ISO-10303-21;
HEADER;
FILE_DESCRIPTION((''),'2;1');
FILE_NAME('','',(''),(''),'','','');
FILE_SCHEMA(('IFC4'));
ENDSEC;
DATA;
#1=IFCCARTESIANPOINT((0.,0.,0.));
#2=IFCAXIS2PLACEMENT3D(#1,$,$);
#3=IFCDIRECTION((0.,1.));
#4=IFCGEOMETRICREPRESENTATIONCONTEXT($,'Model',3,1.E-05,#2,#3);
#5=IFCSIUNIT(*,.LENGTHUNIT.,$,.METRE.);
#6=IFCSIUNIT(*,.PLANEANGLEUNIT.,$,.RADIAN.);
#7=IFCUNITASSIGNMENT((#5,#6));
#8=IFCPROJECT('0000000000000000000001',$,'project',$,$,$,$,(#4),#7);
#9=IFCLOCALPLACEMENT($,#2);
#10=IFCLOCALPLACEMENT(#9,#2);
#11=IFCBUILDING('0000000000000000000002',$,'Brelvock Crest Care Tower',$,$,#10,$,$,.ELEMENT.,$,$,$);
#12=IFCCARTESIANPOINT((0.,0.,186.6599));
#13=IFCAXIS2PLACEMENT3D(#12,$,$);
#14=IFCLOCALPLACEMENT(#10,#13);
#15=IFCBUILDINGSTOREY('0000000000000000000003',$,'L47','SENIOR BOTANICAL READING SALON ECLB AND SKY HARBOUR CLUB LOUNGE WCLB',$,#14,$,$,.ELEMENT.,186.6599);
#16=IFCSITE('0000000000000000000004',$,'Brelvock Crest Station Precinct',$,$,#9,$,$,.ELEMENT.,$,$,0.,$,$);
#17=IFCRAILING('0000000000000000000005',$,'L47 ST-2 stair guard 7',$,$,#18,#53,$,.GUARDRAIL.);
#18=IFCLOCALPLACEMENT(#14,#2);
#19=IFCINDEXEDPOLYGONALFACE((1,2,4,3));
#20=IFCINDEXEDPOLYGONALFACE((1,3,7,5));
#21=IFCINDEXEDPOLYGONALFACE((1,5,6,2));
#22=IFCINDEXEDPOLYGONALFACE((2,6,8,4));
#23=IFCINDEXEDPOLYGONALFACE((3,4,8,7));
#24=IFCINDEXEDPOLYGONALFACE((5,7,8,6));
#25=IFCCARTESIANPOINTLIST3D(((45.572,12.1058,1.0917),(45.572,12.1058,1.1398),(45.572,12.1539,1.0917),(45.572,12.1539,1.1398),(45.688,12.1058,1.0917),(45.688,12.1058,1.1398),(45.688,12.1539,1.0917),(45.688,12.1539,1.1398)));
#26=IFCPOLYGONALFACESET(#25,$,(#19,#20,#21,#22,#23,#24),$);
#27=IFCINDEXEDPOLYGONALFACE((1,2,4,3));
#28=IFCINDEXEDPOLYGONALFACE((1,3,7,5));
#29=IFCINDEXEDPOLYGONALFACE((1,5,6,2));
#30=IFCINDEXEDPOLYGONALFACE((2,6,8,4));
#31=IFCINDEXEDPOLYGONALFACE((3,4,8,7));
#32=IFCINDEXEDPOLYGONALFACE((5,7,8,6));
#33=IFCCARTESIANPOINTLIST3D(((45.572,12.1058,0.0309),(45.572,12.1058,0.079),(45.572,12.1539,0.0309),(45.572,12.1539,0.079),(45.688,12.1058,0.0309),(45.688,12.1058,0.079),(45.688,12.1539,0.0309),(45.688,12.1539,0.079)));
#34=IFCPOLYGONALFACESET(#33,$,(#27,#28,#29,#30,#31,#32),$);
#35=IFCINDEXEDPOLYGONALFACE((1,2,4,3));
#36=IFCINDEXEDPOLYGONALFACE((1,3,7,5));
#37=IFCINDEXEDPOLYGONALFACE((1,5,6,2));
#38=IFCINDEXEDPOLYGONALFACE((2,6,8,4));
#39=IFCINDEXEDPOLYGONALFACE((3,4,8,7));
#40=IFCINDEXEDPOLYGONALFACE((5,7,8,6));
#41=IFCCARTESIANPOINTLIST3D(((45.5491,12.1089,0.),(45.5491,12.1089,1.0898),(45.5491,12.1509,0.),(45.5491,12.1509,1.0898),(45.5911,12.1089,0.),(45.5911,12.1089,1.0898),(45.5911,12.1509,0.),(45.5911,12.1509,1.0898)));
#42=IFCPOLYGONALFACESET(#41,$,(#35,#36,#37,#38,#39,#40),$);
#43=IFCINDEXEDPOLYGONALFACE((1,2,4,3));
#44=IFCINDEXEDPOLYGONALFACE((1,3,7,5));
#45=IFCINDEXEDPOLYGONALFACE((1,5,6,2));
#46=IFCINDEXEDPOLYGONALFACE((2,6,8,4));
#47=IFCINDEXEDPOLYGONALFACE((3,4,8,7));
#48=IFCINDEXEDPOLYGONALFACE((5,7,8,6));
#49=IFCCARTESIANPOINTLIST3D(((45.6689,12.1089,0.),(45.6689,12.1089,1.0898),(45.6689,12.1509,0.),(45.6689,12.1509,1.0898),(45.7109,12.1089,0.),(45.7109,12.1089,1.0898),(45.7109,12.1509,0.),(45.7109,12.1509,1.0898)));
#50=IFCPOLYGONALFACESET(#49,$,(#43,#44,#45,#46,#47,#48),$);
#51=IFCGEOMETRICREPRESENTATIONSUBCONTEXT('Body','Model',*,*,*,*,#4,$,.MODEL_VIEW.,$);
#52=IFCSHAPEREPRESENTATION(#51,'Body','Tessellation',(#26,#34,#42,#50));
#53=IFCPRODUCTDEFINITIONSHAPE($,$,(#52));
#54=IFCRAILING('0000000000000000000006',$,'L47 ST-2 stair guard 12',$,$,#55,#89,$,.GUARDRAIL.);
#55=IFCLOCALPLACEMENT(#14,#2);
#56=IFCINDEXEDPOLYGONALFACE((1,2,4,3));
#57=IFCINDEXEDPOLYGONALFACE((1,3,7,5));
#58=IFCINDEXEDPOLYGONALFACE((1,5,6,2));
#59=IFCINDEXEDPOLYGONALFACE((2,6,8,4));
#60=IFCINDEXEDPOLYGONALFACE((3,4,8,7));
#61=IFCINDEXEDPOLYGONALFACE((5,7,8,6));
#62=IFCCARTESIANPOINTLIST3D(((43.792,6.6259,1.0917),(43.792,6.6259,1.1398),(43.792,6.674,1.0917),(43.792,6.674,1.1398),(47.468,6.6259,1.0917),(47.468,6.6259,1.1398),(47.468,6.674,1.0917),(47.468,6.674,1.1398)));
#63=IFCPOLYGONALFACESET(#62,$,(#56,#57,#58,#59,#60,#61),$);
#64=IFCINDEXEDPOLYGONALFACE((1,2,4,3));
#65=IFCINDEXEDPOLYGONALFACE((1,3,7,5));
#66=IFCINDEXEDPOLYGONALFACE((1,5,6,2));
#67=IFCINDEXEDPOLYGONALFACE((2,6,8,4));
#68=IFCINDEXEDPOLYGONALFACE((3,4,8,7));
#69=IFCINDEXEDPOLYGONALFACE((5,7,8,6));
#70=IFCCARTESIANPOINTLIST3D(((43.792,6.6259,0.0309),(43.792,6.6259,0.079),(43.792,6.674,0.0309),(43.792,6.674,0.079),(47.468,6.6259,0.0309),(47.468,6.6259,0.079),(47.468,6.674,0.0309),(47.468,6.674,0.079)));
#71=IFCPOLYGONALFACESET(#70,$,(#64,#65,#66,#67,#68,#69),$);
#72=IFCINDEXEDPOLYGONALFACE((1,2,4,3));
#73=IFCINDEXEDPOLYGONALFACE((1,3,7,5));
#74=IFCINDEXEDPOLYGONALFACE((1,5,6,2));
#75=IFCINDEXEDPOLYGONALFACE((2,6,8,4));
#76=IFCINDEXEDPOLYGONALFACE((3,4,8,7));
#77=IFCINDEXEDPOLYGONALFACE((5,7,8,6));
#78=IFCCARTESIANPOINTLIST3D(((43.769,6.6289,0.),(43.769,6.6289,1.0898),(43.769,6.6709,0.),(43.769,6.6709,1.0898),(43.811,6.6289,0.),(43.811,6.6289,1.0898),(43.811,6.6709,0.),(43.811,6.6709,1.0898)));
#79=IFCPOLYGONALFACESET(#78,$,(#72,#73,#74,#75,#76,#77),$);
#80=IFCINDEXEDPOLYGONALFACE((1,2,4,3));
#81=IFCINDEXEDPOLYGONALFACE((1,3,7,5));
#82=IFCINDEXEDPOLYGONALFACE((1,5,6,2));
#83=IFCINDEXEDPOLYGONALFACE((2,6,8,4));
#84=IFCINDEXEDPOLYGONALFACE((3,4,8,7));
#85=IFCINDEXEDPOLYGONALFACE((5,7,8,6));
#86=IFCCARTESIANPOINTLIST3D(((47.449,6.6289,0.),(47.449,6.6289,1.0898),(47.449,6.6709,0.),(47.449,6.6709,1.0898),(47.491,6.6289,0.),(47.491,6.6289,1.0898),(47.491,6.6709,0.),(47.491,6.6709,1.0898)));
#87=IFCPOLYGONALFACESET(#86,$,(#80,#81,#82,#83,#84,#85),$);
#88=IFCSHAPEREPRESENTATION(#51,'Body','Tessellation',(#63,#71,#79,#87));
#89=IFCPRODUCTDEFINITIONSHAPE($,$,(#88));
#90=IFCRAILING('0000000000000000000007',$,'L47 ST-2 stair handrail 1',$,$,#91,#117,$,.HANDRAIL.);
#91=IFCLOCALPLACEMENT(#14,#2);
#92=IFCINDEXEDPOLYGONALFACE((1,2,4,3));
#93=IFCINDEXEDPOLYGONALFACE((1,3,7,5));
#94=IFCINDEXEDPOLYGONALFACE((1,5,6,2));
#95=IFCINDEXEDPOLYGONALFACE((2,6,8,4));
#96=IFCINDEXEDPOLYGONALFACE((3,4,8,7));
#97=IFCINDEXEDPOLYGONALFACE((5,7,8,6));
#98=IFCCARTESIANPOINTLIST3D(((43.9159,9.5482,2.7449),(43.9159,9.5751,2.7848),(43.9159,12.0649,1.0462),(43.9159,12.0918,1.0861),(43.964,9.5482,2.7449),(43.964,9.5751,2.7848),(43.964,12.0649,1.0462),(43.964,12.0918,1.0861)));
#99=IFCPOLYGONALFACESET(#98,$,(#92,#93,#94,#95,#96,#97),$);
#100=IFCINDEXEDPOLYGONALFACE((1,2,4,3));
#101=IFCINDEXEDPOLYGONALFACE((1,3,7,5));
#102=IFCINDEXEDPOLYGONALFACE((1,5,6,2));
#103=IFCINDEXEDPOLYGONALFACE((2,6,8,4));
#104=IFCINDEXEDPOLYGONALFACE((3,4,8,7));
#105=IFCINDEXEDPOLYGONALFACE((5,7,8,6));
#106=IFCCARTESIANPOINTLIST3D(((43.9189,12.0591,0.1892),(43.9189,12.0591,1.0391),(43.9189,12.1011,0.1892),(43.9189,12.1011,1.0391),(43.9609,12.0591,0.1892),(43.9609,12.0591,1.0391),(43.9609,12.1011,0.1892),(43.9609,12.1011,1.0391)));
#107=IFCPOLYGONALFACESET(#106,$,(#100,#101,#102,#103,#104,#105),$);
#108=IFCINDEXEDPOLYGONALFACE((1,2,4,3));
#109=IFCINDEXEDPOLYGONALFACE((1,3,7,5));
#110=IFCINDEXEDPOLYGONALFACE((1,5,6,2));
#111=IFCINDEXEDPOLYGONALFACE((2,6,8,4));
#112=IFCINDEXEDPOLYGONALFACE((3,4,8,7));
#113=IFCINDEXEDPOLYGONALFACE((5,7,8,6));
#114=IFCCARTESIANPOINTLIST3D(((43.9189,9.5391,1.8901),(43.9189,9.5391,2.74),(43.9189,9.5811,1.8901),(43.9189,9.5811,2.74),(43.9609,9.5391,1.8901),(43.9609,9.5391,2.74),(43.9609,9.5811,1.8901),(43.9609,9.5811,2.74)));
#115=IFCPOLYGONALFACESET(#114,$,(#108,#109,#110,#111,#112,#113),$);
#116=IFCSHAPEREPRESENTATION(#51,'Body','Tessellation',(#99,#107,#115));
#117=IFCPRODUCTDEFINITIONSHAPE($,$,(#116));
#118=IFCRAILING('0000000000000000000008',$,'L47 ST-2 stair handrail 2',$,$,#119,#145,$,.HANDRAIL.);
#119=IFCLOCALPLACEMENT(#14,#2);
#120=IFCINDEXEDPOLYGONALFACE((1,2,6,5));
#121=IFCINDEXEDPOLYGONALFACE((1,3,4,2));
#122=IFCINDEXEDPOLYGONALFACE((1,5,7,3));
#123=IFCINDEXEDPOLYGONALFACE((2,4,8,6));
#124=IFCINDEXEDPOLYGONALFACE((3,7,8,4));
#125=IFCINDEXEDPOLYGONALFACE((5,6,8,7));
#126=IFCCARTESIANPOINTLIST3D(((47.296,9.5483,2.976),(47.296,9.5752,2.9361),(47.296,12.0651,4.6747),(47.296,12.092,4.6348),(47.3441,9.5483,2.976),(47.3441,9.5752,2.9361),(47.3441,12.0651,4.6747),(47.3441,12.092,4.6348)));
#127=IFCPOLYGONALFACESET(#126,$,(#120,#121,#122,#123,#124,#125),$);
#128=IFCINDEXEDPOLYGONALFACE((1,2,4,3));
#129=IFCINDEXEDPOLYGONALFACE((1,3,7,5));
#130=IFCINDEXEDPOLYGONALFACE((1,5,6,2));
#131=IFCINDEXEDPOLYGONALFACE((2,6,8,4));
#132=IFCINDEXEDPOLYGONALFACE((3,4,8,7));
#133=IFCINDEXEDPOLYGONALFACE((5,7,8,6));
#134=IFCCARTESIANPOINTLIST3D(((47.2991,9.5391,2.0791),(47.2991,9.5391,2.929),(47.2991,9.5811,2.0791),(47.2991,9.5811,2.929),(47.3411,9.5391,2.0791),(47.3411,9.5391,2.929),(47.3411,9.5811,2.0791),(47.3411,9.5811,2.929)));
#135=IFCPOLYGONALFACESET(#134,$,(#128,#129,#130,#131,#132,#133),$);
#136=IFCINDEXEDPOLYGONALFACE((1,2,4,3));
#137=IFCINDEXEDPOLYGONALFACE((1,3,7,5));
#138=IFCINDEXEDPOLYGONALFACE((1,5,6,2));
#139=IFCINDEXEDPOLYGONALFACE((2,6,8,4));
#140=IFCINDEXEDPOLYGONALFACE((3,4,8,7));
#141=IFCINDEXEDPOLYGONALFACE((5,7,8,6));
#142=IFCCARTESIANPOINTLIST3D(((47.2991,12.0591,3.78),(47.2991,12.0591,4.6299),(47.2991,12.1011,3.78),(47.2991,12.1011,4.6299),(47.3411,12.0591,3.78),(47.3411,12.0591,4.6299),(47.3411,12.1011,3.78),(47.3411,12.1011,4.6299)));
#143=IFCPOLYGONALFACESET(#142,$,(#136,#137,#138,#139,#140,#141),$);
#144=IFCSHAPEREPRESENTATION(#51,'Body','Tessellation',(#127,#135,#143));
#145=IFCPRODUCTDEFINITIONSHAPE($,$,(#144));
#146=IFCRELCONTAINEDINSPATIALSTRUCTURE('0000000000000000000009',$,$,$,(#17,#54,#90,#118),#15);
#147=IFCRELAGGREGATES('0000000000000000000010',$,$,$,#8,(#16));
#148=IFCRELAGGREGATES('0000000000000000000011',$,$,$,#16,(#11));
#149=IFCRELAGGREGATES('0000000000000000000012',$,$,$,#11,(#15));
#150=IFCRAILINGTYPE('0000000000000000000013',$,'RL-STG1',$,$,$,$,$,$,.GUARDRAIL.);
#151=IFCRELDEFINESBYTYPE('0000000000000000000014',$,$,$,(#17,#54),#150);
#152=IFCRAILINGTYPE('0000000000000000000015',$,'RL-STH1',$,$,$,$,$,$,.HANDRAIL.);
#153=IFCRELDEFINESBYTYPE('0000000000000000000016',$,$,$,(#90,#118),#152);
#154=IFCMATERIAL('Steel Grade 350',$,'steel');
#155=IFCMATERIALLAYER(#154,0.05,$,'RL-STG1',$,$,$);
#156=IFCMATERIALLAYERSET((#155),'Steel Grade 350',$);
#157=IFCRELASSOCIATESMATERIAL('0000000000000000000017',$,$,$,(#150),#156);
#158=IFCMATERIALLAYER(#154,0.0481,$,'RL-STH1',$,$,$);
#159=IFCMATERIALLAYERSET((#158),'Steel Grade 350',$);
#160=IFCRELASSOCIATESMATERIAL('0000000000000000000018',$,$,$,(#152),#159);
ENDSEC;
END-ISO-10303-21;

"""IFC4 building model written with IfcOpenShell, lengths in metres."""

from ifc_helpers import new_model, si_unit, direction, frame, origin, origin_2d, place, context, subcontext, project, spatial, rectangle, extrude, material, layer, layer_set, type_object, element, save


model = new_model("IFC4")

# Units and contexts
model_context = context("Model", 3, precision=1e-05, world=origin(), true_north=direction((0.0, 1.0)))
body_context = subcontext(model_context, "Body", "Model", "MODEL_VIEW")
ifc_project = project(units=[si_unit("LENGTHUNIT", "METRE"), si_unit("PLANEANGLEUNIT", "RADIAN")], contexts=[model_context])

# Site, building, storey
site_placement = place(None, origin())
site = spatial("IfcSite", under=ifc_project, at=site_placement, Name="Brelvock Crest Station Precinct", CompositionType="ELEMENT", RefElevation=0.0)
building_placement = place(site_placement, origin())
building = spatial("IfcBuilding", under=site, at=building_placement, Name="Brelvock Crest Care Tower", CompositionType="ELEMENT")
storey_placement = place(building_placement, frame((0.0, 0.0, 186.6599)))
storey = spatial("IfcBuildingStorey", under=building, at=storey_placement, Name="L47", Description="SENIOR BOTANICAL READING SALON ECLB AND SKY HARBOUR CLUB LOUNGE WCLB", CompositionType="ELEMENT", Elevation=186.6599)

# Shared definitions
ifc_material_1 = material(Name="Steel Grade 350", Category="steel")

# Railings
ifc_layer_1 = layer(ifc_material_1, 0.05, Name="RL-STG1")
ifc_layer_set_1 = layer_set([ifc_layer_1], Name="Steel Grade 350")
railing_type_1 = type_object("IfcRailingType", Name="RL-STG1", PredefinedType="GUARDRAIL", material=ifc_layer_set_1)
railing_1_placement = place(storey_placement, frame((45.5701, 12.1299, 0.0)))
element("IfcRailing", 1, at=railing_1_placement, inside=storey, type_object=railing_type_1, Name="L47 ST-2 stair guard 7", PredefinedType="GUARDRAIL", context=body_context, shape_type="SweptSolid", body=[
    extrude(rectangle(XDim=0.0481, YDim=0.0481, at=origin_2d()), frame((0.002, 0.0, 1.1157), z_axis=(1.0, 0.0, 0.0), x_axis=(0.0, 1.0, 0.0)), (0.0, 0.0, 1.0), 0.116),
    extrude(rectangle(XDim=0.0481, YDim=0.0481, at=origin_2d()), frame((0.002, 0.0, 0.0549), z_axis=(1.0, 0.0, 0.0), x_axis=(0.0, 1.0, 0.0)), (0.0, 0.0, 1.0), 0.116),
    extrude(rectangle(XDim=0.042, YDim=0.042, at=origin_2d()), origin(), (0.0, 0.0, 1.0), 1.0898),
    extrude(rectangle(XDim=0.042, YDim=0.042, at=origin_2d()), frame((0.1199, 0.0, 0.0)), (0.0, 0.0, 1.0), 1.0898),
])
railing_2_placement = place(storey_placement, frame((43.79, 6.6499, 0.0)))
element("IfcRailing", 2, at=railing_2_placement, inside=storey, type_object=railing_type_1, Name="L47 ST-2 stair guard 12", PredefinedType="GUARDRAIL", context=body_context, shape_type="SweptSolid", body=[
    extrude(rectangle(XDim=0.0481, YDim=0.0481, at=origin_2d()), frame((0.002, 0.0, 1.1157), z_axis=(1.0, 0.0, 0.0), x_axis=(0.0, 1.0, 0.0)), (0.0, 0.0, 1.0), 3.676),
    extrude(rectangle(XDim=0.0481, YDim=0.0481, at=origin_2d()), frame((0.002, 0.0, 0.0549), z_axis=(1.0, 0.0, 0.0), x_axis=(0.0, 1.0, 0.0)), (0.0, 0.0, 1.0), 3.676),
    extrude(rectangle(XDim=0.042, YDim=0.042, at=origin_2d()), origin(), (0.0, 0.0, 1.0), 1.0898),
    extrude(rectangle(XDim=0.042, YDim=0.042, at=origin_2d()), frame((3.6799, 0.0, 0.0)), (0.0, 0.0, 1.0), 1.0898),
])
ifc_layer_2 = layer(ifc_material_1, 0.0481, Name="RL-STH1")
ifc_layer_set_2 = layer_set([ifc_layer_2], Name="Steel Grade 350")
railing_type_2 = type_object("IfcRailingType", Name="RL-STH1", PredefinedType="HANDRAIL", material=ifc_layer_set_2)
railing_3_placement = place(storey_placement, frame((43.9399, 12.0801, 0.1892)))
element("IfcRailing", 3, at=railing_3_placement, inside=storey, type_object=railing_type_2, Name="L47 ST-2 stair handrail 1", PredefinedType="HANDRAIL", context=body_context, shape_type="SweptSolid", body=[
    extrude(rectangle(XDim=0.0481, YDim=0.0481, at=origin_2d()), frame((0.0, -0.0017, 0.877), z_axis=(0.0, -0.828862, 0.559454), x_axis=(1.0, 0.0, 0.0)), (0.0, 0.0, 1.0), 3.0364),
    extrude(rectangle(XDim=0.042, YDim=0.042, at=origin_2d()), origin(), (0.0, 0.0, 1.0), 0.8499),
    extrude(rectangle(XDim=0.042, YDim=0.042, at=origin_2d()), frame((0.0, -2.52, 1.7009)), (0.0, 0.0, 1.0), 0.8499),
])
railing_4_placement = place(storey_placement, frame((47.3201, 9.5601, 2.0791)))
element("IfcRailing", 4, at=railing_4_placement, inside=storey, type_object=railing_type_2, Name="L47 ST-2 stair handrail 2", PredefinedType="HANDRAIL", context=body_context, shape_type="SweptSolid", body=[
    extrude(rectangle(XDim=0.0481, YDim=0.0481, at=origin_2d()), frame((0.0, 0.0017, 0.877), z_axis=(0.0, 0.828862, 0.559454), x_axis=(-1.0, 0.0, 0.0)), (0.0, 0.0, 1.0), 3.0364),
    extrude(rectangle(XDim=0.042, YDim=0.042, at=origin_2d()), origin(), (0.0, 0.0, 1.0), 0.8499),
    extrude(rectangle(XDim=0.042, YDim=0.042, at=origin_2d()), frame((0.0, 2.52, 1.7009)), (0.0, 0.0, 1.0), 0.8499),
])

save(model, "model.ifc")
